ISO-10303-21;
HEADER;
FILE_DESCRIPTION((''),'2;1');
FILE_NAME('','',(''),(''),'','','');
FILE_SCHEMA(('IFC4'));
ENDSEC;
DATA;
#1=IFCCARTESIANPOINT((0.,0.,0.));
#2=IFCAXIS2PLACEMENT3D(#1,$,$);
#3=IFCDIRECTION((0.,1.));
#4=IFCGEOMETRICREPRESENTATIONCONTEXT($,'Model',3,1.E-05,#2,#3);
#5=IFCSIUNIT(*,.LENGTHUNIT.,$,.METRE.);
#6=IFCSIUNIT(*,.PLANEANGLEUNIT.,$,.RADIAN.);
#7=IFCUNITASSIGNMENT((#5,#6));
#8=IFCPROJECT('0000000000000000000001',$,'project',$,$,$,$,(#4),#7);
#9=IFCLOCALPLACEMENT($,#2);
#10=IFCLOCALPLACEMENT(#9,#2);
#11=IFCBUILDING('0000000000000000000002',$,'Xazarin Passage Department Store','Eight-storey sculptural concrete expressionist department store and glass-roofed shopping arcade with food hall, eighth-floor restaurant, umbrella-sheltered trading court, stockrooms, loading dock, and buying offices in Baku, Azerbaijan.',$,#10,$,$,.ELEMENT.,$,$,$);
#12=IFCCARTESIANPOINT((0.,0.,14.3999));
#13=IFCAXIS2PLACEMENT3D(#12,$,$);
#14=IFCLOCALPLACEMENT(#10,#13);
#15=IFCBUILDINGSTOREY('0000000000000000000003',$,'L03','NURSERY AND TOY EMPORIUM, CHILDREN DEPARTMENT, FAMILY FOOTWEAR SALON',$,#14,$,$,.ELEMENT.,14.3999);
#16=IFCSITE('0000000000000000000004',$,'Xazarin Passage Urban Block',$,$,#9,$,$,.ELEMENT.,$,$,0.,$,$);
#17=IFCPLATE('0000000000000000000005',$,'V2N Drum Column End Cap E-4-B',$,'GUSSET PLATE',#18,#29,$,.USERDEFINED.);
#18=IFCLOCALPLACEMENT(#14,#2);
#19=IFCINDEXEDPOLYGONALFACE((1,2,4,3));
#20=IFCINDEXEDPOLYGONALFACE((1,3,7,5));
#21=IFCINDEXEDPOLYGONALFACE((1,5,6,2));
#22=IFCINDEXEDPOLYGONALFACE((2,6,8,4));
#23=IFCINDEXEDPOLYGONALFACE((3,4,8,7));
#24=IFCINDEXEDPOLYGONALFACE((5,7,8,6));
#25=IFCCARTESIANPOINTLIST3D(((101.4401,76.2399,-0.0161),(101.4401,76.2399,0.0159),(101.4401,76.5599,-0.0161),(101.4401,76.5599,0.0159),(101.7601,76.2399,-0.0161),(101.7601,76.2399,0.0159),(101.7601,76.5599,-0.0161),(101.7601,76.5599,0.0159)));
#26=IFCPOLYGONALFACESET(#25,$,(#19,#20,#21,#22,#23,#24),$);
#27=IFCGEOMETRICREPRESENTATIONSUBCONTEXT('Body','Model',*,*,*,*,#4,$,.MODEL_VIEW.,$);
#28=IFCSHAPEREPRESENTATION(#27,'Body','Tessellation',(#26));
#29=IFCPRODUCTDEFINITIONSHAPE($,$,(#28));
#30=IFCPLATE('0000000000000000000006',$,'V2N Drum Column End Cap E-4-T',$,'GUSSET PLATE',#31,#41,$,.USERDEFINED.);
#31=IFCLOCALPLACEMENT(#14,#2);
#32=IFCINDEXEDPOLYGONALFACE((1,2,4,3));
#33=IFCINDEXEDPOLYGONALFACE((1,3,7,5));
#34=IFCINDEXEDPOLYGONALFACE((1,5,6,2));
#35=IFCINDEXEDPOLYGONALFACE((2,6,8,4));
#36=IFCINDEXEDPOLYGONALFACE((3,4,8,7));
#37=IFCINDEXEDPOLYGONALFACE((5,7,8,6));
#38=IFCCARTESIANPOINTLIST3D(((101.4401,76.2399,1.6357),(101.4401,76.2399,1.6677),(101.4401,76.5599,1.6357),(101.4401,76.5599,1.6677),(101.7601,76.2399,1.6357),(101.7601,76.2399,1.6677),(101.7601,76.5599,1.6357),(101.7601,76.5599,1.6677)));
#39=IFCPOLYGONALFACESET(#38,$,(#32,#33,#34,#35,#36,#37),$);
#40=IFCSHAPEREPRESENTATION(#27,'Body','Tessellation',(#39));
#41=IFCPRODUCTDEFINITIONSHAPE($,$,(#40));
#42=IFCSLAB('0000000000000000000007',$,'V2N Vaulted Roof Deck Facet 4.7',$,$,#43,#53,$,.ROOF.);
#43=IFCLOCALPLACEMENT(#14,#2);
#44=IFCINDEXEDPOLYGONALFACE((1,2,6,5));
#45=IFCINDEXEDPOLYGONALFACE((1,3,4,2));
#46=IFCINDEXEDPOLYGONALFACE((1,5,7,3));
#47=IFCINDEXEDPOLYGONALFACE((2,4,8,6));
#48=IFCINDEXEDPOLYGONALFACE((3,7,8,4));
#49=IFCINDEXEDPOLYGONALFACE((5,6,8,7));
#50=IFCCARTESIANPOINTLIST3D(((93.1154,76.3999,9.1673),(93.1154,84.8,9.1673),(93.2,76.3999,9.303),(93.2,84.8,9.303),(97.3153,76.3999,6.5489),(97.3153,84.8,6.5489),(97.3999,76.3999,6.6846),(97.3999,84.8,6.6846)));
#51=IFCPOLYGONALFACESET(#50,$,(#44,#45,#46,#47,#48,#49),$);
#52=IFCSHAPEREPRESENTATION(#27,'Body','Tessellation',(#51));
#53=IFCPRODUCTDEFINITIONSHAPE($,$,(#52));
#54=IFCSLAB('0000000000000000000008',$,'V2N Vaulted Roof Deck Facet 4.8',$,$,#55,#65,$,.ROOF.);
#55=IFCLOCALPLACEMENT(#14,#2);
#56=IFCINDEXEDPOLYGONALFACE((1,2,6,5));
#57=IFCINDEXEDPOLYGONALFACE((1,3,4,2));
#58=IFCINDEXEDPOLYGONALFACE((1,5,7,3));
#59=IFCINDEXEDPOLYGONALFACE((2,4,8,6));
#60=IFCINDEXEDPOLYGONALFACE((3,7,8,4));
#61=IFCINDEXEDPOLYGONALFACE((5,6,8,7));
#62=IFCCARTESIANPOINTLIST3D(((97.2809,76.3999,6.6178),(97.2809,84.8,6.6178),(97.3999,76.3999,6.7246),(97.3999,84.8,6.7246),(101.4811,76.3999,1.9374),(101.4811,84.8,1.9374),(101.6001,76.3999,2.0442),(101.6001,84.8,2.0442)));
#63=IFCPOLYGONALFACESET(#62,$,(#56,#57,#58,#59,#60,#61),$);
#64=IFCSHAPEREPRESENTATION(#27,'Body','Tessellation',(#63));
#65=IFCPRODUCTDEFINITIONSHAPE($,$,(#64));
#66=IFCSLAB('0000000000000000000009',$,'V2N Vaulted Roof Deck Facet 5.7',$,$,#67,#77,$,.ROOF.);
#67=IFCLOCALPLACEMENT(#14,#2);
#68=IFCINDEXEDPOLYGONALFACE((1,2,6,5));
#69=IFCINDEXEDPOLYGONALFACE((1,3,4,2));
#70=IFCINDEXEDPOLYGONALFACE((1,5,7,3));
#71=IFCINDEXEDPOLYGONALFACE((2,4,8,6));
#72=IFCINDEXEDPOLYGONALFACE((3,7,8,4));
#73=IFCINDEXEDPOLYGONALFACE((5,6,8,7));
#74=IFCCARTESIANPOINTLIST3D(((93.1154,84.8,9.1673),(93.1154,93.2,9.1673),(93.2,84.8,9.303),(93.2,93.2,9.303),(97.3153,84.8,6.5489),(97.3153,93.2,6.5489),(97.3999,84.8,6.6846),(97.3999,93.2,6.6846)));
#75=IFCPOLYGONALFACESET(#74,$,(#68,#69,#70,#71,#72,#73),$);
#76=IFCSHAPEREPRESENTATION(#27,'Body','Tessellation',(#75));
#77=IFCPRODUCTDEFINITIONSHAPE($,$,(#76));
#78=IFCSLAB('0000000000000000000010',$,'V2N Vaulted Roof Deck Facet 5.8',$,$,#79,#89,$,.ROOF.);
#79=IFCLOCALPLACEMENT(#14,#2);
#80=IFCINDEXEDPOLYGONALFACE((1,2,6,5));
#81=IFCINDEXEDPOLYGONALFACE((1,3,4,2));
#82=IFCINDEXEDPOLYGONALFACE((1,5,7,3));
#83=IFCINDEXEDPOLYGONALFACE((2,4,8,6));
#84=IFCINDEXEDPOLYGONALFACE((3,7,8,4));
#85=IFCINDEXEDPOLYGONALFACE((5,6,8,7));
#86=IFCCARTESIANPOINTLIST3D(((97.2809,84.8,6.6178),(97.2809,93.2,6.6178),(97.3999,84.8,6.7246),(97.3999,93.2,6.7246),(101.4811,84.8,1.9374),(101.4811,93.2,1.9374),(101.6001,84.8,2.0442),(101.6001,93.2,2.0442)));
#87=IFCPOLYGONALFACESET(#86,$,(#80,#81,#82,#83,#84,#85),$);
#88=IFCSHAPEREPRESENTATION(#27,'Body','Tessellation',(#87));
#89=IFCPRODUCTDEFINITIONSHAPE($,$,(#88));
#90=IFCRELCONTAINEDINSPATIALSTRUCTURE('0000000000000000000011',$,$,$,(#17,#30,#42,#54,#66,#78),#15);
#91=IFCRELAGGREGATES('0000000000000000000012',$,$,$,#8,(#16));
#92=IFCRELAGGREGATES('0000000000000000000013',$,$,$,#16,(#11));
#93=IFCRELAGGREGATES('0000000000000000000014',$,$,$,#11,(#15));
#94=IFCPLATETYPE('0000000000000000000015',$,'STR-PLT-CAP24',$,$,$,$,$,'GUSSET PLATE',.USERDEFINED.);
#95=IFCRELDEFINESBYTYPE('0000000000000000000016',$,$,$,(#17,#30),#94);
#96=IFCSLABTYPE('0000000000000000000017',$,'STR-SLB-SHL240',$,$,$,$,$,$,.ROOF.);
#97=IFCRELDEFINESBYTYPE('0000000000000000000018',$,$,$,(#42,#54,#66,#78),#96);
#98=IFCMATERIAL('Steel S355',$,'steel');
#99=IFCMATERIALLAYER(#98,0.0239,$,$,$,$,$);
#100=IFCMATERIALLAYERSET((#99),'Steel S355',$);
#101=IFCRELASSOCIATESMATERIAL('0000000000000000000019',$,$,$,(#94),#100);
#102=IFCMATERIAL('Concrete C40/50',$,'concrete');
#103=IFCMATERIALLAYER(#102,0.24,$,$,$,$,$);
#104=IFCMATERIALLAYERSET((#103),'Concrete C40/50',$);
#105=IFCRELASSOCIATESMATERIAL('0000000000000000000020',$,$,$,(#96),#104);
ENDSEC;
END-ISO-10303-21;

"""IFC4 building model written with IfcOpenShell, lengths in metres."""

from ifc_helpers import new_model, si_unit, direction, frame, origin, origin_2d, place, context, subcontext, project, spatial, polyline, rectangle, outline, extrude, material, layer, layer_set, type_object, element, save


model = new_model("IFC4")

# Units and contexts
model_context = context("Model", 3, precision=1e-05, world=origin(), true_north=direction((0.0, 1.0)))
body_context = subcontext(model_context, "Body", "Model", "MODEL_VIEW")
ifc_project = project(units=[si_unit("LENGTHUNIT", "METRE"), si_unit("PLANEANGLEUNIT", "RADIAN")], contexts=[model_context])

# Site, building, storey
site_placement = place(None, origin())
site = spatial("IfcSite", under=ifc_project, at=site_placement, Name="Xazarin Passage Urban Block", CompositionType="ELEMENT", RefElevation=0.0)
building_placement = place(site_placement, origin())
building = spatial("IfcBuilding", under=site, at=building_placement, Name="Xazarin Passage Department Store", Description="Eight-storey sculptural concrete expressionist department store and glass-roofed shopping arcade with food hall, eighth-floor restaurant, umbrella-sheltered trading court, stockrooms, loading dock, and buying offices in Baku, Azerbaijan.", CompositionType="ELEMENT")
storey_placement = place(building_placement, frame((0.0, 0.0, 14.3999)))
storey = spatial("IfcBuildingStorey", under=building, at=storey_placement, Name="L03", Description="NURSERY AND TOY EMPORIUM, CHILDREN DEPARTMENT, FAMILY FOOTWEAR SALON", CompositionType="ELEMENT", Elevation=14.3999)

# Shared definitions
ifc_material_1 = material(Name="Steel S355", Category="steel")

# Plates
ifc_layer_1 = layer(ifc_material_1, 0.0239)
ifc_layer_set_1 = layer_set([ifc_layer_1], Name="Steel S355")
plate_type_1 = type_object("IfcPlateType", Name="STR-PLT-CAP24", ElementType="GUSSET PLATE", PredefinedType="USERDEFINED", material=ifc_layer_set_1)
for number, where, z_axis, x_axis, name in (
    (1, (101.6001, 76.3999, -0.0161), (0.0, 0.0, 1.0), (1.0, 0.0, 0.0), "V2N Drum Column End Cap E-4-B"),
    (2, (101.6001, 76.3999, 1.6357), (0.0, 0.0, 1.0), (1.0, 0.0, 0.0), "V2N Drum Column End Cap E-4-T"),
):
    element("IfcPlate", number, at=place(storey_placement, frame(where, z_axis=z_axis, x_axis=x_axis)), inside=storey, type_object=plate_type_1, Name=name, ObjectType="GUSSET PLATE", PredefinedType="USERDEFINED", context=body_context, shape_type="SweptSolid", body=[
        extrude(rectangle(XDim=0.3201, YDim=0.3201, at=origin_2d()), origin(), (0.0, 0.0, 1.0), 0.032),
    ])

# Slabs
ifc_material_2 = material(Name="Concrete C40/50", Category="concrete")
ifc_layer_2 = layer(ifc_material_2, 0.24)
ifc_layer_set_2 = layer_set([ifc_layer_2], Name="Concrete C40/50")
slab_type = type_object("IfcSlabType", Name="STR-SLB-SHL240", PredefinedType="ROOF", material=ifc_layer_set_2)
slab_1_placement = place(storey_placement, frame((93.2, 76.3999, 9.303), z_axis=(0.529045, 0.0, 0.848594), x_axis=(0.848594, 0.0, -0.529045)))
element("IfcSlab", 3, at=slab_1_placement, inside=storey, type_object=slab_type, Name="V2N Vaulted Roof Deck Facet 4.7", PredefinedType="ROOF", context=body_context, shape_type="SweptSolid", body=[
    extrude(outline(polyline([(0.0, 0.0), (4.9493, 0.0), (4.9493, 8.4001), (0.0, 8.4001), (0.0, 0.0)])), origin(), (0.0, 0.0, -1.0), 0.1599),
])
slab_2_placement = place(storey_placement, frame((97.3999, 76.3999, 6.7246), z_axis=(0.744257, 0.0, 0.667894), x_axis=(0.667894, 0.0, -0.744257)))
element("IfcSlab", 4, at=slab_2_placement, inside=storey, type_object=slab_type, Name="V2N Vaulted Roof Deck Facet 4.8", PredefinedType="ROOF", context=body_context, shape_type="SweptSolid", body=[
    extrude(outline(polyline([(0.0, 0.0), (6.2887, 0.0), (6.2887, 8.4001), (0.0, 8.4001), (0.0, 0.0)])), origin(), (0.0, 0.0, -1.0), 0.1599),
])
slab_3_placement = place(storey_placement, frame((93.2, 84.8, 9.303), z_axis=(0.529045, 0.0, 0.848594), x_axis=(0.848594, 0.0, -0.529045)))
element("IfcSlab", 5, at=slab_3_placement, inside=storey, type_object=slab_type, Name="V2N Vaulted Roof Deck Facet 5.7", PredefinedType="ROOF", context=body_context, shape_type="SweptSolid", body=[
    extrude(outline(polyline([(0.0, 0.0), (4.9493, 0.0), (4.9493, 8.3999), (0.0, 8.3999), (0.0, 0.0)])), origin(), (0.0, 0.0, -1.0), 0.1599),
])
slab_4_placement = place(storey_placement, frame((97.3999, 84.8, 6.7246), z_axis=(0.744257, 0.0, 0.667894), x_axis=(0.667894, 0.0, -0.744257)))
element("IfcSlab", 6, at=slab_4_placement, inside=storey, type_object=slab_type, Name="V2N Vaulted Roof Deck Facet 5.8", PredefinedType="ROOF", context=body_context, shape_type="SweptSolid", body=[
    extrude(outline(polyline([(0.0, 0.0), (6.2887, 0.0), (6.2887, 8.3999), (0.0, 8.3999), (0.0, 0.0)])), origin(), (0.0, 0.0, -1.0), 0.1599),
])

save(model, "model.ifc")
